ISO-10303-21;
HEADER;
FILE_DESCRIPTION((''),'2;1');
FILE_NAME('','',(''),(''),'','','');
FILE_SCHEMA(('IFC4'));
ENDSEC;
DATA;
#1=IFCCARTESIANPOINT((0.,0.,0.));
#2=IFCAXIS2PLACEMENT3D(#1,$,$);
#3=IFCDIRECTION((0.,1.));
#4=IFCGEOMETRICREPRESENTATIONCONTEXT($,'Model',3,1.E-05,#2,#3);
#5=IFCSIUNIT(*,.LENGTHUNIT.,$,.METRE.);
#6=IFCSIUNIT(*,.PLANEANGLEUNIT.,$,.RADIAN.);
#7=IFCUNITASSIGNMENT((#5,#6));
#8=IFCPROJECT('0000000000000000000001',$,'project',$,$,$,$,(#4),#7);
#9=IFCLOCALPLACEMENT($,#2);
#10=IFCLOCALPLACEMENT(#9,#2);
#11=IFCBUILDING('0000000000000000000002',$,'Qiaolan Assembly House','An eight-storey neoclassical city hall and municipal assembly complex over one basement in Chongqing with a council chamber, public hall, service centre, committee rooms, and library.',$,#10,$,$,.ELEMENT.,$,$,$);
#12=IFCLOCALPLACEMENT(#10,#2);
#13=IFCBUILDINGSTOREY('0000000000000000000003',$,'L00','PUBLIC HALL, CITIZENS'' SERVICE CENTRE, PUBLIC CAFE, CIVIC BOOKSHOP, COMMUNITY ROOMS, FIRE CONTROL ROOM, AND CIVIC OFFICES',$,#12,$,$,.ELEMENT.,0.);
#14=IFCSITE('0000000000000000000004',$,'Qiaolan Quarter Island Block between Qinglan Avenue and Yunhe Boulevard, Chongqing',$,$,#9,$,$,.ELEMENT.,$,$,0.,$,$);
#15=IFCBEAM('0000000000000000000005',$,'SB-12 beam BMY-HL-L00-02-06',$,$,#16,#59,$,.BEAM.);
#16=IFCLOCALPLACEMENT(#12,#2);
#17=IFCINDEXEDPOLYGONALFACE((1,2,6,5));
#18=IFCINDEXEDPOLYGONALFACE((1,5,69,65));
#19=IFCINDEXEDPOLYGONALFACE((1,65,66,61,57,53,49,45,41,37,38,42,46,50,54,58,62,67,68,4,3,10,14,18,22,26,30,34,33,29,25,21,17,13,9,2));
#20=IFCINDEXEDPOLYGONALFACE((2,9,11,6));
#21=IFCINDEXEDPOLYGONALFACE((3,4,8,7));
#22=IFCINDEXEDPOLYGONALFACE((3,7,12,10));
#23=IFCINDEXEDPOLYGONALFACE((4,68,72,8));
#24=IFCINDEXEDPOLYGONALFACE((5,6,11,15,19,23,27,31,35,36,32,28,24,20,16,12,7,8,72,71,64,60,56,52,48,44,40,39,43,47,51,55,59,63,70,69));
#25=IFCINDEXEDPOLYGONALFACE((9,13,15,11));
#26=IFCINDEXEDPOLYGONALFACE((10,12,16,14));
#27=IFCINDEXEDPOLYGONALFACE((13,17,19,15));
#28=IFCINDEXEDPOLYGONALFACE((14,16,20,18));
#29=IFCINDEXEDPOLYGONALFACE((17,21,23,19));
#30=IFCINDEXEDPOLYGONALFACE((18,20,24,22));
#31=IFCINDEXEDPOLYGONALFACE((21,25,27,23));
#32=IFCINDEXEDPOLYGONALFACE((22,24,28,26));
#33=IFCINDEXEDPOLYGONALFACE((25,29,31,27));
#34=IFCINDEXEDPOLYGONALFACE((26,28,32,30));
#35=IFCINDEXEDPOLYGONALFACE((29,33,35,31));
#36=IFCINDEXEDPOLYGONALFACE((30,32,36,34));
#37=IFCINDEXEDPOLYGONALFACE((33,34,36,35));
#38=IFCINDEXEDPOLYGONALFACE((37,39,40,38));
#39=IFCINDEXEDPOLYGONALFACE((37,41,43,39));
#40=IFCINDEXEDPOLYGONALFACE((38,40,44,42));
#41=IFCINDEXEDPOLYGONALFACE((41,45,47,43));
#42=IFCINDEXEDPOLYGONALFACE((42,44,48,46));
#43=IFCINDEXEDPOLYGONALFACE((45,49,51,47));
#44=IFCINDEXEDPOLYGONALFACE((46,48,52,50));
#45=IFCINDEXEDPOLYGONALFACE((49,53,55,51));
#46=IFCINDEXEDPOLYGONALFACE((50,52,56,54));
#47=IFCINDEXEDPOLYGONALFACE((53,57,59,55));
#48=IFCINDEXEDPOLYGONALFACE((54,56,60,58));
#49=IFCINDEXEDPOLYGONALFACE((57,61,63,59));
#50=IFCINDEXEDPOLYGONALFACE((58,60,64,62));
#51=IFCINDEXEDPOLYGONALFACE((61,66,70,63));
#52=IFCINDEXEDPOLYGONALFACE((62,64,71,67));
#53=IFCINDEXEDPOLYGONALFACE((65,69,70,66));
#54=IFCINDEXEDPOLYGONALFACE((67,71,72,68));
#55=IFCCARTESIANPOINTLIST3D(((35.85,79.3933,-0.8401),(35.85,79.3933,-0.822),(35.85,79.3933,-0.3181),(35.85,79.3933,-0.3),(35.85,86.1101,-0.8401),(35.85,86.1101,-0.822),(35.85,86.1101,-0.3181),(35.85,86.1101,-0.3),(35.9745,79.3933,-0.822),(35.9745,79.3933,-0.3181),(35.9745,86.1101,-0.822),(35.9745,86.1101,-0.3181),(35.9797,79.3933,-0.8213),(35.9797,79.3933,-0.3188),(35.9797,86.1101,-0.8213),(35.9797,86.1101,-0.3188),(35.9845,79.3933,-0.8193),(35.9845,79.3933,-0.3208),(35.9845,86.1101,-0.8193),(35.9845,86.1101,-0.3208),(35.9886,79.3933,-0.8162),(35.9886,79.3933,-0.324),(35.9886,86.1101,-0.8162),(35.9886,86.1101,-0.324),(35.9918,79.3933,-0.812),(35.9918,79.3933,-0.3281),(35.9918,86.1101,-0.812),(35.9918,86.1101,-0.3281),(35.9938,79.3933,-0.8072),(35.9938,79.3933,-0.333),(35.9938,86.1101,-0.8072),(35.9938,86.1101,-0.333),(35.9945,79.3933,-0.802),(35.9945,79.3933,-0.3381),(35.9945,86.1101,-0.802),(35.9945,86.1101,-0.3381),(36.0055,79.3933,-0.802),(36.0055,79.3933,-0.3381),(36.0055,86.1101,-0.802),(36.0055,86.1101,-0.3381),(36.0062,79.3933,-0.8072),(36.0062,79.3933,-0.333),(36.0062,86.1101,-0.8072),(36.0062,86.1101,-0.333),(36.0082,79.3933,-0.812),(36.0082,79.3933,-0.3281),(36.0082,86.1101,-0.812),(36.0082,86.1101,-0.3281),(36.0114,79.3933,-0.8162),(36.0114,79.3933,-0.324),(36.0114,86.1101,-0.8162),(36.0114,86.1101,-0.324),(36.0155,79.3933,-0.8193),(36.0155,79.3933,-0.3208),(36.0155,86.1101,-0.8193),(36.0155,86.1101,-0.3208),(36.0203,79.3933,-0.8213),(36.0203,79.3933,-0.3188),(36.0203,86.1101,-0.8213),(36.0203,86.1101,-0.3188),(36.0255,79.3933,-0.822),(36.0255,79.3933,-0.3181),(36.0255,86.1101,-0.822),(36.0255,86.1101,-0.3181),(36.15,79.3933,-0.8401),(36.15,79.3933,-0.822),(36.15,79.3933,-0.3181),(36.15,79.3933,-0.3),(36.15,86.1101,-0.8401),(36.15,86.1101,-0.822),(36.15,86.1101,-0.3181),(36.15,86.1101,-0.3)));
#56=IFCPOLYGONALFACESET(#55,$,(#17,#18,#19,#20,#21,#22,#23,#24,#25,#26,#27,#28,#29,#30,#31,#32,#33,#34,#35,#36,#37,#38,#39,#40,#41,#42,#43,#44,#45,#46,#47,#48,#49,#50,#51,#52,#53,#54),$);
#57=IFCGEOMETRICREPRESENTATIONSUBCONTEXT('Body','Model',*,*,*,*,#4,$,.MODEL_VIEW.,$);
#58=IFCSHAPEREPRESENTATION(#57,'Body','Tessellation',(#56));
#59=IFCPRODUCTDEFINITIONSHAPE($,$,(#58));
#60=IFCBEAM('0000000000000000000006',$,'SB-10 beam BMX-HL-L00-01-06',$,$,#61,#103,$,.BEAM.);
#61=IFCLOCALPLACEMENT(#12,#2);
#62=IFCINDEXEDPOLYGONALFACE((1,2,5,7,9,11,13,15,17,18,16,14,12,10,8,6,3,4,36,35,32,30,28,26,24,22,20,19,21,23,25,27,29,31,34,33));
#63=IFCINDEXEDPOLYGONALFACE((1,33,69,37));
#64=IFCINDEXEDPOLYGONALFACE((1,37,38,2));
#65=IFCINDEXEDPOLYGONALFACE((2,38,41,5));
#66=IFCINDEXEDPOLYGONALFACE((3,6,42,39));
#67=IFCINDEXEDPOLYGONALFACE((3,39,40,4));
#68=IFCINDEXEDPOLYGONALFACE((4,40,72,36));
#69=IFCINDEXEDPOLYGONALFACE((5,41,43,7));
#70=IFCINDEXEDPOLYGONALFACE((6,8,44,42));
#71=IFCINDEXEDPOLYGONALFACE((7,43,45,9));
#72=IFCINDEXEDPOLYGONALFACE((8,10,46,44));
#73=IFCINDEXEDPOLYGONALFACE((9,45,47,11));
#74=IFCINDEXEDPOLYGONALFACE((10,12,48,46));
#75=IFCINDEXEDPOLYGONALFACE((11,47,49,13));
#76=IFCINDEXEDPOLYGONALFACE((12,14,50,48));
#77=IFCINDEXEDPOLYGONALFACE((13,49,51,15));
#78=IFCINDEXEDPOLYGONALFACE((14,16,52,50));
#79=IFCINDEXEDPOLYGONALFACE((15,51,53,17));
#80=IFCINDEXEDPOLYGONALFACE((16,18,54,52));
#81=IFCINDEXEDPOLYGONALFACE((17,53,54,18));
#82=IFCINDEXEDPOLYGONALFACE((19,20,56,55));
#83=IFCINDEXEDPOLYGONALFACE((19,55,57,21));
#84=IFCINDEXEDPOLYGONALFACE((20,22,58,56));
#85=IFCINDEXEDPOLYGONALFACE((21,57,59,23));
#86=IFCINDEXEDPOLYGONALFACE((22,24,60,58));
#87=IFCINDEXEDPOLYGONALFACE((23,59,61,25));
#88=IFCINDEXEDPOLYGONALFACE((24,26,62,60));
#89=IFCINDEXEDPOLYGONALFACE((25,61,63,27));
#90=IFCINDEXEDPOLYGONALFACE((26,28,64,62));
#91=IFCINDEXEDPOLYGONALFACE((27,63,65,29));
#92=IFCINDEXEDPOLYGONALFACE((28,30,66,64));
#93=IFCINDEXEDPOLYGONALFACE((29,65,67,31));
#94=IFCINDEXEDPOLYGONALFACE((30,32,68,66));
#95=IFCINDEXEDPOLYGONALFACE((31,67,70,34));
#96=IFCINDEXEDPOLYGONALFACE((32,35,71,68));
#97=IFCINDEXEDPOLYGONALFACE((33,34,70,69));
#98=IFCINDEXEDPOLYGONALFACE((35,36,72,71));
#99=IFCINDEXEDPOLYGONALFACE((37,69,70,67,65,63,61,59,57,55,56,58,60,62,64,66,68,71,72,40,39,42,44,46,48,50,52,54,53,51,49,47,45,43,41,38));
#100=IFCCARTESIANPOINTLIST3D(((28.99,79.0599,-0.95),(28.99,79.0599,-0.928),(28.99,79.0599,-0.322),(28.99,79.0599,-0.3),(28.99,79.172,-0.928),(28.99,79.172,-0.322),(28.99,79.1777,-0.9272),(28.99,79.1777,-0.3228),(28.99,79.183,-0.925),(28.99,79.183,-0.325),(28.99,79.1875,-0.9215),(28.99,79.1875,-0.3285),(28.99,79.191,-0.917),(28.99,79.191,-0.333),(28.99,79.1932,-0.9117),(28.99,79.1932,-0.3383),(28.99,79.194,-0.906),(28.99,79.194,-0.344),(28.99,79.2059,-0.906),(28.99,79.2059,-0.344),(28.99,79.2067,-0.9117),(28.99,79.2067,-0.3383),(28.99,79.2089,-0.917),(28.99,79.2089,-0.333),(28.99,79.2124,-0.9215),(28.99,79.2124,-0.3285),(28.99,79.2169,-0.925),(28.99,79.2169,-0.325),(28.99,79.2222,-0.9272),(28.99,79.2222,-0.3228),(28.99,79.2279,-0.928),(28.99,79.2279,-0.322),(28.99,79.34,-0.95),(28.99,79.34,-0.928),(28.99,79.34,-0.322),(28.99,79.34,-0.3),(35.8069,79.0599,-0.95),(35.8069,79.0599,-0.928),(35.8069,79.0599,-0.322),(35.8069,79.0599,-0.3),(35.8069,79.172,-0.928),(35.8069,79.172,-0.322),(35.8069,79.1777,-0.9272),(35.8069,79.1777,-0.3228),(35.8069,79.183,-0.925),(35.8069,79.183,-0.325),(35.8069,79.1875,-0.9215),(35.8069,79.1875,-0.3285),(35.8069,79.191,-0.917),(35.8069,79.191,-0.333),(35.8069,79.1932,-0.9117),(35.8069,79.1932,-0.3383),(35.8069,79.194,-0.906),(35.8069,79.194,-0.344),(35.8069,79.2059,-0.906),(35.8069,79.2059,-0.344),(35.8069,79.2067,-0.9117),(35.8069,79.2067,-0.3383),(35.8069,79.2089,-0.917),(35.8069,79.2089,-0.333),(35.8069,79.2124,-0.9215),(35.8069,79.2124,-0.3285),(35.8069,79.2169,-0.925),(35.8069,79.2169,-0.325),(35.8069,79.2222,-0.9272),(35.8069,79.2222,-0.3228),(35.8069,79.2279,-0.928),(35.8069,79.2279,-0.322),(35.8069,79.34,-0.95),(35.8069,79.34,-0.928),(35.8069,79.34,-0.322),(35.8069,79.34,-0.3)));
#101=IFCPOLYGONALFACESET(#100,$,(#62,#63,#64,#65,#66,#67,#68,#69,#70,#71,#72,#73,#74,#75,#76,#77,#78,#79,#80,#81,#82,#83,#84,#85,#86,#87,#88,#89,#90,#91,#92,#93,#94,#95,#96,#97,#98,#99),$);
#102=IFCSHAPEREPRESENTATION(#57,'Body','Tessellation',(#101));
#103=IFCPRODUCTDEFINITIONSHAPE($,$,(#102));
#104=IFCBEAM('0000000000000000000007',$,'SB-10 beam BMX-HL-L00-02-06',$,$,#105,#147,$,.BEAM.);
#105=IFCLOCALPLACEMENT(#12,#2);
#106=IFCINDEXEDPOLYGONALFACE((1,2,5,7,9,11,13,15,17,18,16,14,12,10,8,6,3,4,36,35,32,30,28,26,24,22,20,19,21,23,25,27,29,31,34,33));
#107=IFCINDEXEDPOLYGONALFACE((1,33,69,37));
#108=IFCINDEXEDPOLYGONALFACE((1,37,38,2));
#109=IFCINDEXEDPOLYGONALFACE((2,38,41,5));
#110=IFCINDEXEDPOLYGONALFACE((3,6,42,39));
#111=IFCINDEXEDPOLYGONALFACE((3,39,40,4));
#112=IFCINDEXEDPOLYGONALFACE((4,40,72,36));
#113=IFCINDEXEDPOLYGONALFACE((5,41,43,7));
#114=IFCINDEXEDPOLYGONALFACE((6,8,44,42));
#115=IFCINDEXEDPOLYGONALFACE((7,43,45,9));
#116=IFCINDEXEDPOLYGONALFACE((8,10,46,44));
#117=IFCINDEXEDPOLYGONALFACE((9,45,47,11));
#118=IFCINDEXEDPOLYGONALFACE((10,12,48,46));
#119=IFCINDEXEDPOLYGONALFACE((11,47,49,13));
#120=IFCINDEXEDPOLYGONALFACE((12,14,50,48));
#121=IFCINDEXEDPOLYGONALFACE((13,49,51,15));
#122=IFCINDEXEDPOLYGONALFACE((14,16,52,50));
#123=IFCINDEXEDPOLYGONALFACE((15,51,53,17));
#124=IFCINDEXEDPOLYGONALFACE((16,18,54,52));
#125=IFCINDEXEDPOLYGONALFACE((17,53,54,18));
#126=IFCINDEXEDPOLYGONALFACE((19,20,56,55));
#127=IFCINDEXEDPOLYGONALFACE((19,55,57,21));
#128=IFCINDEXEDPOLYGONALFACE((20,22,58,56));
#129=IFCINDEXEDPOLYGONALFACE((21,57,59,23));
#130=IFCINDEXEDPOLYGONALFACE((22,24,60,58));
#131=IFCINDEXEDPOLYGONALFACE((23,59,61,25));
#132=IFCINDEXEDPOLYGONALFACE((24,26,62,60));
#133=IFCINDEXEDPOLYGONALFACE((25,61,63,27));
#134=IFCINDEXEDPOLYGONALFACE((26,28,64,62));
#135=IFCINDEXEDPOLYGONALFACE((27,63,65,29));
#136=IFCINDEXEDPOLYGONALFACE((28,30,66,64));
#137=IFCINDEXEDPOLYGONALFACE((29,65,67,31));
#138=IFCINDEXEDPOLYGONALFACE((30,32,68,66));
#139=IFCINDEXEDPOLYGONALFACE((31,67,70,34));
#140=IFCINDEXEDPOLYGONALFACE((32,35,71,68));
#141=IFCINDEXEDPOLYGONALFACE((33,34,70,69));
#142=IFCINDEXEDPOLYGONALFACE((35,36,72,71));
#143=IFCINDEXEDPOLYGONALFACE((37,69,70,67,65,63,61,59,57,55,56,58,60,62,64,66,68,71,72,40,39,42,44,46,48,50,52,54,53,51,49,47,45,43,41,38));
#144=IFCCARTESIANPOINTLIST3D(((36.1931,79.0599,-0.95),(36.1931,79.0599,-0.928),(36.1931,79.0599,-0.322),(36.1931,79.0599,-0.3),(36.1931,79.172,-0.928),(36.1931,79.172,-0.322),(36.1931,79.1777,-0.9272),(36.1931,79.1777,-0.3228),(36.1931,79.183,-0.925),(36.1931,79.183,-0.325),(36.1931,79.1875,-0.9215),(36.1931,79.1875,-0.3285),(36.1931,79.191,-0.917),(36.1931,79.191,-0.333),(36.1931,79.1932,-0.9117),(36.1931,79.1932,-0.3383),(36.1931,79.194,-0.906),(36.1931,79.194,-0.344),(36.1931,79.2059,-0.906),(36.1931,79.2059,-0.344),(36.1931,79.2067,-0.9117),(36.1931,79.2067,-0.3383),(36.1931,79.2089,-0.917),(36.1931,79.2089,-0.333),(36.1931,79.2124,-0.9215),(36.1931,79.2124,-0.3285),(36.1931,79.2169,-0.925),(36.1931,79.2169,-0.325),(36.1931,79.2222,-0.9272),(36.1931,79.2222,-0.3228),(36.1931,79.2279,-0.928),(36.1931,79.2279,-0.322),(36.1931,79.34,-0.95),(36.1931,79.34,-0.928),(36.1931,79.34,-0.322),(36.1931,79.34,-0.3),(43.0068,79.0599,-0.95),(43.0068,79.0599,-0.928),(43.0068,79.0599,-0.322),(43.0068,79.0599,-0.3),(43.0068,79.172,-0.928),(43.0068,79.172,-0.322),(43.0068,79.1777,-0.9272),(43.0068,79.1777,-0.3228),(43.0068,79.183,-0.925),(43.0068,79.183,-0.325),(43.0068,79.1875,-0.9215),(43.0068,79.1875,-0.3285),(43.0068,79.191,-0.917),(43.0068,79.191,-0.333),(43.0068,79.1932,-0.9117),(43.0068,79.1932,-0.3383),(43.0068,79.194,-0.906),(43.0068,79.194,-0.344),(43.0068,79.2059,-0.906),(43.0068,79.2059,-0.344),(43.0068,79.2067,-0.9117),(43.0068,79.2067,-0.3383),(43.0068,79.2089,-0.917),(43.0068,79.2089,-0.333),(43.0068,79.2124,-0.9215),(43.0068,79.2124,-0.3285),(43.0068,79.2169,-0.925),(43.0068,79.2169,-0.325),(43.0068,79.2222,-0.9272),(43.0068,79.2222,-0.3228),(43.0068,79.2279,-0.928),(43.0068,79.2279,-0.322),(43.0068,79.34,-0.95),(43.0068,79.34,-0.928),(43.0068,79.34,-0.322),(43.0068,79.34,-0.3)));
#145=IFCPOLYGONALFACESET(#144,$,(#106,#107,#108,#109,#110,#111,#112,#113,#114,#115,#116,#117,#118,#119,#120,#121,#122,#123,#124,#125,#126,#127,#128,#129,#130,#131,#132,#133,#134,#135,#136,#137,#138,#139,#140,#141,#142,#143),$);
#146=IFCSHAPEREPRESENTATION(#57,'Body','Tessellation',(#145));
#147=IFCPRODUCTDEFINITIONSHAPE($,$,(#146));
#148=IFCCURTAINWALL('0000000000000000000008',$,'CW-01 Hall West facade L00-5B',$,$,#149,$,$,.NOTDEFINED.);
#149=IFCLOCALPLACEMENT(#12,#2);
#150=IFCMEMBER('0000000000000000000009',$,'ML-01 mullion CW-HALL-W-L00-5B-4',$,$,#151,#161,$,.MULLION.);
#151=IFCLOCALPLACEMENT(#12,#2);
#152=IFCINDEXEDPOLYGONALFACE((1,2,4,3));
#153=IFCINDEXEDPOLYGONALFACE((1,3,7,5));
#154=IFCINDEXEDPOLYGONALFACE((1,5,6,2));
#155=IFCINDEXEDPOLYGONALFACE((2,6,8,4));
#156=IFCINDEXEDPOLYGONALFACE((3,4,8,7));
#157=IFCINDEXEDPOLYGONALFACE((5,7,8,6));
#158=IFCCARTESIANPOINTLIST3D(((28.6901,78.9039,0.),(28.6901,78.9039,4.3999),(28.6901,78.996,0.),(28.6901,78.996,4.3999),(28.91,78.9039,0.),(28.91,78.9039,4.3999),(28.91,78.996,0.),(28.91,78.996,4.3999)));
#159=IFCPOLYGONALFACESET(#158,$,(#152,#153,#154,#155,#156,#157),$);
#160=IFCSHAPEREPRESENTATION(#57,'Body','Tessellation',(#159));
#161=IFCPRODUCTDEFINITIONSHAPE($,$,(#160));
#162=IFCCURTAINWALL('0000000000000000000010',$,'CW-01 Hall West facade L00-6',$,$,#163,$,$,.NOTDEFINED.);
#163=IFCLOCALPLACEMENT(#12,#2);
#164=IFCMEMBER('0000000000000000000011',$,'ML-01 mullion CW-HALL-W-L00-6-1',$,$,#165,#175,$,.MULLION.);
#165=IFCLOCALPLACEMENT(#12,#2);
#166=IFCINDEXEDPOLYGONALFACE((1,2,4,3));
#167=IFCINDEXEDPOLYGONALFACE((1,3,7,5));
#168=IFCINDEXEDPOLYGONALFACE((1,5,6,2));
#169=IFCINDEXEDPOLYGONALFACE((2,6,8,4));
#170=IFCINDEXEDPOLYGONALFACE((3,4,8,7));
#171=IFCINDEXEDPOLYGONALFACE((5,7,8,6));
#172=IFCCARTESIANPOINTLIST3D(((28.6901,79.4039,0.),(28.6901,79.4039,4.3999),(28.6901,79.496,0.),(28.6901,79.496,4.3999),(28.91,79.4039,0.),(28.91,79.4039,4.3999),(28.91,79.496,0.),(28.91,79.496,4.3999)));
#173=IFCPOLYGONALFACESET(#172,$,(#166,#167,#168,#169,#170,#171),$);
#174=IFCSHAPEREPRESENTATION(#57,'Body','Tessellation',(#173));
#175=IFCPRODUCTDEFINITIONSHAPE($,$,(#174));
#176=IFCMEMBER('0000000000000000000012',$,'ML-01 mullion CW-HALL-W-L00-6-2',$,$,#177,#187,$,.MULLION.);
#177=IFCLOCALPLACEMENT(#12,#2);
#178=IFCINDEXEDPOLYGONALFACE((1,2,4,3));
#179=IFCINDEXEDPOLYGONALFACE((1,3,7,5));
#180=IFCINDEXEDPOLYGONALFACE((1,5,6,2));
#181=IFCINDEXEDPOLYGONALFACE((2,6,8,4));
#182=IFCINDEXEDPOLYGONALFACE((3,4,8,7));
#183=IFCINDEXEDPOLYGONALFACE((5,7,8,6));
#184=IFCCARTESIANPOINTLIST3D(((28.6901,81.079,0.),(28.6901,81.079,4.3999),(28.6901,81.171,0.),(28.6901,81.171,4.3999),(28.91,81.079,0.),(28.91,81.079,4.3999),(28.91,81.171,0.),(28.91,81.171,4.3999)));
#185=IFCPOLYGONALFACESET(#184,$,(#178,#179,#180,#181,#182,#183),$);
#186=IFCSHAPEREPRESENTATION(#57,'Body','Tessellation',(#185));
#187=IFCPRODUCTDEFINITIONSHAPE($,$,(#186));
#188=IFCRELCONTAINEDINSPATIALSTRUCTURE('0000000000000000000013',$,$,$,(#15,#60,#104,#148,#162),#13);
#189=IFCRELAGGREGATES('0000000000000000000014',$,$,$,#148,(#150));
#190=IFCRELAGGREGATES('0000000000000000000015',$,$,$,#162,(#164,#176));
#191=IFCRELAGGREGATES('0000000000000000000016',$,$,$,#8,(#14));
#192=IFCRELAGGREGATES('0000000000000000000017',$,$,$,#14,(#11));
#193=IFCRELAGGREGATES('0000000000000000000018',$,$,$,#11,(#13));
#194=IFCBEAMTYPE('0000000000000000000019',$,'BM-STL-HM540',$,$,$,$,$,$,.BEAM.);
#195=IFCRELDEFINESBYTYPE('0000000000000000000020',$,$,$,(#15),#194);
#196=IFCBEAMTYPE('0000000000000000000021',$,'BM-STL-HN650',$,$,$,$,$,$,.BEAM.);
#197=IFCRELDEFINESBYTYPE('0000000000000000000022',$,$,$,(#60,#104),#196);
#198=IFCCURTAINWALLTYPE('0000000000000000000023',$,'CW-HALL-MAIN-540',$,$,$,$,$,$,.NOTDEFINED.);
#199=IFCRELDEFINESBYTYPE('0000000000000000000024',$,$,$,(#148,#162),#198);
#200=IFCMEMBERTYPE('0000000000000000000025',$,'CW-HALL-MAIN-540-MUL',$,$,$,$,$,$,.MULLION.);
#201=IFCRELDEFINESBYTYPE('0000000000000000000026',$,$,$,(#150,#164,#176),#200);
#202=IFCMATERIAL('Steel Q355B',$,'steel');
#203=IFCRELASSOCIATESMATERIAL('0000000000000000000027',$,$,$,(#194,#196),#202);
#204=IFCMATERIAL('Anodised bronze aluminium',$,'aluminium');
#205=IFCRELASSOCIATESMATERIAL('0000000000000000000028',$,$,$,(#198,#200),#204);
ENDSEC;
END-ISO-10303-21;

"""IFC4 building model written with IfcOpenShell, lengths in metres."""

from ifc_helpers import new_model, si_unit, direction, frame, origin, origin_2d, place, context, subcontext, project, spatial, rectangle, i_section, extrude, material, material_profile, profile_set, type_object, element, aggregate, save


model = new_model("IFC4")

# Units and contexts
model_context = context("Model", 3, precision=1e-05, world=origin(), true_north=direction((0.0, 1.0)))
body_context = subcontext(model_context, "Body", "Model", "MODEL_VIEW")
ifc_project = project(units=[si_unit("LENGTHUNIT", "METRE"), si_unit("PLANEANGLEUNIT", "RADIAN")], contexts=[model_context])

# Site, building, storey
site_placement = place(None, origin())
site = spatial("IfcSite", under=ifc_project, at=site_placement, Name="Qiaolan Quarter Island Block between Qinglan Avenue and Yunhe Boulevard, Chongqing", CompositionType="ELEMENT", RefElevation=0.0)
building_placement = place(site_placement, origin())
building = spatial("IfcBuilding", under=site, at=building_placement, Name="Qiaolan Assembly House", Description="An eight-storey neoclassical city hall and municipal assembly complex over one basement in Chongqing with a council chamber, public hall, service centre, committee rooms, and library.", CompositionType="ELEMENT")
storey_placement = place(building_placement, origin())
storey = spatial("IfcBuildingStorey", under=building, at=storey_placement, Name="L00", Description="PUBLIC HALL, CITIZENS' SERVICE CENTRE, PUBLIC CAFE, CIVIC BOOKSHOP, COMMUNITY ROOMS, FIRE CONTROL ROOM, AND CIVIC OFFICES", CompositionType="ELEMENT", Elevation=0.0)

# Shared definitions
ifc_material_1 = material(Name="Steel Q355B", Category="steel")

# Beams
ifc_material_profile_1 = material_profile(ifc_material_1, i_section(OverallWidth=0.3, OverallDepth=0.54, WebThickness=0.011, FlangeThickness=0.0181, FilletRadius=0.02, at=origin_2d()), Name="HM 540x300x11x18")
ifc_profile_set_1 = profile_set([ifc_material_profile_1], Name="Steel Q355B")
beam_type_1 = type_object("IfcBeamType", Name="BM-STL-HM540", PredefinedType="BEAM", material=ifc_profile_set_1)
beam_1_placement = place(storey_placement, frame((36.0, 79.3933, -0.5701), z_axis=(0.0, 1.0, 0.0), x_axis=(-1.0, 0.0, 0.0)))
element("IfcBeam", 1, at=beam_1_placement, inside=storey, type_object=beam_type_1, Name="SB-12 beam BMY-HL-L00-02-06", PredefinedType="BEAM", context=body_context, shape_type="SweptSolid", body=[
    extrude(i_section(OverallWidth=0.3, OverallDepth=0.54, WebThickness=0.011, FlangeThickness=0.0181, FilletRadius=0.02, at=origin_2d()), origin(), (0.0, 0.0, 1.0), 6.7168),
])
ifc_material_profile_2 = material_profile(ifc_material_1, i_section(OverallWidth=0.28, OverallDepth=0.6499, WebThickness=0.012, FlangeThickness=0.022, FilletRadius=0.022, at=origin_2d()), Name="HN 650x280x12x22")
ifc_profile_set_2 = profile_set([ifc_material_profile_2], Name="Steel Q355B")
beam_type_2 = type_object("IfcBeamType", Name="BM-STL-HN650", PredefinedType="BEAM", material=ifc_profile_set_2)
beam_2_placement = place(storey_placement, frame((28.99, 79.2, -0.625), z_axis=(1.0, 0.0, 0.0), x_axis=(0.0, 1.0, 0.0)))
element("IfcBeam", 2, at=beam_2_placement, inside=storey, type_object=beam_type_2, Name="SB-10 beam BMX-HL-L00-01-06", PredefinedType="BEAM", context=body_context, shape_type="SweptSolid", body=[
    extrude(i_section(OverallWidth=0.28, OverallDepth=0.6499, WebThickness=0.012, FlangeThickness=0.022, FilletRadius=0.022, at=origin_2d()), origin(), (0.0, 0.0, 1.0), 6.8169),
])
beam_3_placement = place(storey_placement, frame((36.1931, 79.2, -0.625), z_axis=(1.0, 0.0, 0.0), x_axis=(0.0, 1.0, 0.0)))
element("IfcBeam", 3, at=beam_3_placement, inside=storey, type_object=beam_type_2, Name="SB-10 beam BMX-HL-L00-02-06", PredefinedType="BEAM", context=body_context, shape_type="SweptSolid", body=[
    extrude(i_section(OverallWidth=0.28, OverallDepth=0.6499, WebThickness=0.012, FlangeThickness=0.022, FilletRadius=0.022, at=origin_2d()), origin(), (0.0, 0.0, 1.0), 6.8137),
])

# Curtain wall, member
ifc_material_2 = material(Name="Anodised bronze aluminium", Category="aluminium")
curtain_wall_type = type_object("IfcCurtainWallType", Name="CW-HALL-MAIN-540", PredefinedType="NOTDEFINED", material=ifc_material_2)
curtain_wall_1_placement = place(storey_placement, origin())
curtain_wall_1 = element("IfcCurtainWall", 4, at=curtain_wall_1_placement, inside=storey, type_object=curtain_wall_type, Name="CW-01 Hall West facade L00-5B", PredefinedType="NOTDEFINED")
ifc_material_profile_3 = material_profile(ifc_material_2, rectangle(XDim=0.092, YDim=0.22, at=origin_2d()), Name="MUL 92x220")
ifc_profile_set_3 = profile_set([ifc_material_profile_3], Name="Anodised bronze aluminium")
member_type_1 = type_object("IfcMemberType", Name="CW-HALL-MAIN-540-MUL", PredefinedType="MULLION", material=ifc_profile_set_3)
member_1_placement = place(storey_placement, frame((28.8, 78.95, 0.0), z_axis=(0.0, 0.0, 1.0), x_axis=(0.0, 1.0, 0.0)))
member_1 = element("IfcMember", 5, at=member_1_placement, type_object=member_type_1, Name="ML-01 mullion CW-HALL-W-L00-5B-4", PredefinedType="MULLION", context=body_context, shape_type="SweptSolid", body=[
    extrude(rectangle(XDim=0.092, YDim=0.22, at=origin_2d()), origin(), (0.0, 0.0, 1.0), 4.3999),
])
aggregate(curtain_wall_1, [member_1])

# Curtain wall, members
curtain_wall_2_placement = place(storey_placement, origin())
curtain_wall_2 = element("IfcCurtainWall", 6, at=curtain_wall_2_placement, inside=storey, type_object=curtain_wall_type, Name="CW-01 Hall West facade L00-6", PredefinedType="NOTDEFINED")
member_2_placement = place(storey_placement, frame((28.8, 79.45, 0.0), z_axis=(0.0, 0.0, 1.0), x_axis=(0.0, 1.0, 0.0)))
member_2 = element("IfcMember", 7, at=member_2_placement, type_object=member_type_1, Name="ML-01 mullion CW-HALL-W-L00-6-1", PredefinedType="MULLION", context=body_context, shape_type="SweptSolid", body=[
    extrude(rectangle(XDim=0.092, YDim=0.22, at=origin_2d()), origin(), (0.0, 0.0, 1.0), 4.3999),
])
member_3_placement = place(storey_placement, frame((28.8, 81.125, 0.0), z_axis=(0.0, 0.0, 1.0), x_axis=(0.0, 1.0, 0.0)))
member_3 = element("IfcMember", 8, at=member_3_placement, type_object=member_type_1, Name="ML-01 mullion CW-HALL-W-L00-6-2", PredefinedType="MULLION", context=body_context, shape_type="SweptSolid", body=[
    extrude(rectangle(XDim=0.092, YDim=0.22, at=origin_2d()), origin(), (0.0, 0.0, 1.0), 4.3999),
])

aggregate(curtain_wall_2, [member_2, member_3])

save(model, "model.ifc")
